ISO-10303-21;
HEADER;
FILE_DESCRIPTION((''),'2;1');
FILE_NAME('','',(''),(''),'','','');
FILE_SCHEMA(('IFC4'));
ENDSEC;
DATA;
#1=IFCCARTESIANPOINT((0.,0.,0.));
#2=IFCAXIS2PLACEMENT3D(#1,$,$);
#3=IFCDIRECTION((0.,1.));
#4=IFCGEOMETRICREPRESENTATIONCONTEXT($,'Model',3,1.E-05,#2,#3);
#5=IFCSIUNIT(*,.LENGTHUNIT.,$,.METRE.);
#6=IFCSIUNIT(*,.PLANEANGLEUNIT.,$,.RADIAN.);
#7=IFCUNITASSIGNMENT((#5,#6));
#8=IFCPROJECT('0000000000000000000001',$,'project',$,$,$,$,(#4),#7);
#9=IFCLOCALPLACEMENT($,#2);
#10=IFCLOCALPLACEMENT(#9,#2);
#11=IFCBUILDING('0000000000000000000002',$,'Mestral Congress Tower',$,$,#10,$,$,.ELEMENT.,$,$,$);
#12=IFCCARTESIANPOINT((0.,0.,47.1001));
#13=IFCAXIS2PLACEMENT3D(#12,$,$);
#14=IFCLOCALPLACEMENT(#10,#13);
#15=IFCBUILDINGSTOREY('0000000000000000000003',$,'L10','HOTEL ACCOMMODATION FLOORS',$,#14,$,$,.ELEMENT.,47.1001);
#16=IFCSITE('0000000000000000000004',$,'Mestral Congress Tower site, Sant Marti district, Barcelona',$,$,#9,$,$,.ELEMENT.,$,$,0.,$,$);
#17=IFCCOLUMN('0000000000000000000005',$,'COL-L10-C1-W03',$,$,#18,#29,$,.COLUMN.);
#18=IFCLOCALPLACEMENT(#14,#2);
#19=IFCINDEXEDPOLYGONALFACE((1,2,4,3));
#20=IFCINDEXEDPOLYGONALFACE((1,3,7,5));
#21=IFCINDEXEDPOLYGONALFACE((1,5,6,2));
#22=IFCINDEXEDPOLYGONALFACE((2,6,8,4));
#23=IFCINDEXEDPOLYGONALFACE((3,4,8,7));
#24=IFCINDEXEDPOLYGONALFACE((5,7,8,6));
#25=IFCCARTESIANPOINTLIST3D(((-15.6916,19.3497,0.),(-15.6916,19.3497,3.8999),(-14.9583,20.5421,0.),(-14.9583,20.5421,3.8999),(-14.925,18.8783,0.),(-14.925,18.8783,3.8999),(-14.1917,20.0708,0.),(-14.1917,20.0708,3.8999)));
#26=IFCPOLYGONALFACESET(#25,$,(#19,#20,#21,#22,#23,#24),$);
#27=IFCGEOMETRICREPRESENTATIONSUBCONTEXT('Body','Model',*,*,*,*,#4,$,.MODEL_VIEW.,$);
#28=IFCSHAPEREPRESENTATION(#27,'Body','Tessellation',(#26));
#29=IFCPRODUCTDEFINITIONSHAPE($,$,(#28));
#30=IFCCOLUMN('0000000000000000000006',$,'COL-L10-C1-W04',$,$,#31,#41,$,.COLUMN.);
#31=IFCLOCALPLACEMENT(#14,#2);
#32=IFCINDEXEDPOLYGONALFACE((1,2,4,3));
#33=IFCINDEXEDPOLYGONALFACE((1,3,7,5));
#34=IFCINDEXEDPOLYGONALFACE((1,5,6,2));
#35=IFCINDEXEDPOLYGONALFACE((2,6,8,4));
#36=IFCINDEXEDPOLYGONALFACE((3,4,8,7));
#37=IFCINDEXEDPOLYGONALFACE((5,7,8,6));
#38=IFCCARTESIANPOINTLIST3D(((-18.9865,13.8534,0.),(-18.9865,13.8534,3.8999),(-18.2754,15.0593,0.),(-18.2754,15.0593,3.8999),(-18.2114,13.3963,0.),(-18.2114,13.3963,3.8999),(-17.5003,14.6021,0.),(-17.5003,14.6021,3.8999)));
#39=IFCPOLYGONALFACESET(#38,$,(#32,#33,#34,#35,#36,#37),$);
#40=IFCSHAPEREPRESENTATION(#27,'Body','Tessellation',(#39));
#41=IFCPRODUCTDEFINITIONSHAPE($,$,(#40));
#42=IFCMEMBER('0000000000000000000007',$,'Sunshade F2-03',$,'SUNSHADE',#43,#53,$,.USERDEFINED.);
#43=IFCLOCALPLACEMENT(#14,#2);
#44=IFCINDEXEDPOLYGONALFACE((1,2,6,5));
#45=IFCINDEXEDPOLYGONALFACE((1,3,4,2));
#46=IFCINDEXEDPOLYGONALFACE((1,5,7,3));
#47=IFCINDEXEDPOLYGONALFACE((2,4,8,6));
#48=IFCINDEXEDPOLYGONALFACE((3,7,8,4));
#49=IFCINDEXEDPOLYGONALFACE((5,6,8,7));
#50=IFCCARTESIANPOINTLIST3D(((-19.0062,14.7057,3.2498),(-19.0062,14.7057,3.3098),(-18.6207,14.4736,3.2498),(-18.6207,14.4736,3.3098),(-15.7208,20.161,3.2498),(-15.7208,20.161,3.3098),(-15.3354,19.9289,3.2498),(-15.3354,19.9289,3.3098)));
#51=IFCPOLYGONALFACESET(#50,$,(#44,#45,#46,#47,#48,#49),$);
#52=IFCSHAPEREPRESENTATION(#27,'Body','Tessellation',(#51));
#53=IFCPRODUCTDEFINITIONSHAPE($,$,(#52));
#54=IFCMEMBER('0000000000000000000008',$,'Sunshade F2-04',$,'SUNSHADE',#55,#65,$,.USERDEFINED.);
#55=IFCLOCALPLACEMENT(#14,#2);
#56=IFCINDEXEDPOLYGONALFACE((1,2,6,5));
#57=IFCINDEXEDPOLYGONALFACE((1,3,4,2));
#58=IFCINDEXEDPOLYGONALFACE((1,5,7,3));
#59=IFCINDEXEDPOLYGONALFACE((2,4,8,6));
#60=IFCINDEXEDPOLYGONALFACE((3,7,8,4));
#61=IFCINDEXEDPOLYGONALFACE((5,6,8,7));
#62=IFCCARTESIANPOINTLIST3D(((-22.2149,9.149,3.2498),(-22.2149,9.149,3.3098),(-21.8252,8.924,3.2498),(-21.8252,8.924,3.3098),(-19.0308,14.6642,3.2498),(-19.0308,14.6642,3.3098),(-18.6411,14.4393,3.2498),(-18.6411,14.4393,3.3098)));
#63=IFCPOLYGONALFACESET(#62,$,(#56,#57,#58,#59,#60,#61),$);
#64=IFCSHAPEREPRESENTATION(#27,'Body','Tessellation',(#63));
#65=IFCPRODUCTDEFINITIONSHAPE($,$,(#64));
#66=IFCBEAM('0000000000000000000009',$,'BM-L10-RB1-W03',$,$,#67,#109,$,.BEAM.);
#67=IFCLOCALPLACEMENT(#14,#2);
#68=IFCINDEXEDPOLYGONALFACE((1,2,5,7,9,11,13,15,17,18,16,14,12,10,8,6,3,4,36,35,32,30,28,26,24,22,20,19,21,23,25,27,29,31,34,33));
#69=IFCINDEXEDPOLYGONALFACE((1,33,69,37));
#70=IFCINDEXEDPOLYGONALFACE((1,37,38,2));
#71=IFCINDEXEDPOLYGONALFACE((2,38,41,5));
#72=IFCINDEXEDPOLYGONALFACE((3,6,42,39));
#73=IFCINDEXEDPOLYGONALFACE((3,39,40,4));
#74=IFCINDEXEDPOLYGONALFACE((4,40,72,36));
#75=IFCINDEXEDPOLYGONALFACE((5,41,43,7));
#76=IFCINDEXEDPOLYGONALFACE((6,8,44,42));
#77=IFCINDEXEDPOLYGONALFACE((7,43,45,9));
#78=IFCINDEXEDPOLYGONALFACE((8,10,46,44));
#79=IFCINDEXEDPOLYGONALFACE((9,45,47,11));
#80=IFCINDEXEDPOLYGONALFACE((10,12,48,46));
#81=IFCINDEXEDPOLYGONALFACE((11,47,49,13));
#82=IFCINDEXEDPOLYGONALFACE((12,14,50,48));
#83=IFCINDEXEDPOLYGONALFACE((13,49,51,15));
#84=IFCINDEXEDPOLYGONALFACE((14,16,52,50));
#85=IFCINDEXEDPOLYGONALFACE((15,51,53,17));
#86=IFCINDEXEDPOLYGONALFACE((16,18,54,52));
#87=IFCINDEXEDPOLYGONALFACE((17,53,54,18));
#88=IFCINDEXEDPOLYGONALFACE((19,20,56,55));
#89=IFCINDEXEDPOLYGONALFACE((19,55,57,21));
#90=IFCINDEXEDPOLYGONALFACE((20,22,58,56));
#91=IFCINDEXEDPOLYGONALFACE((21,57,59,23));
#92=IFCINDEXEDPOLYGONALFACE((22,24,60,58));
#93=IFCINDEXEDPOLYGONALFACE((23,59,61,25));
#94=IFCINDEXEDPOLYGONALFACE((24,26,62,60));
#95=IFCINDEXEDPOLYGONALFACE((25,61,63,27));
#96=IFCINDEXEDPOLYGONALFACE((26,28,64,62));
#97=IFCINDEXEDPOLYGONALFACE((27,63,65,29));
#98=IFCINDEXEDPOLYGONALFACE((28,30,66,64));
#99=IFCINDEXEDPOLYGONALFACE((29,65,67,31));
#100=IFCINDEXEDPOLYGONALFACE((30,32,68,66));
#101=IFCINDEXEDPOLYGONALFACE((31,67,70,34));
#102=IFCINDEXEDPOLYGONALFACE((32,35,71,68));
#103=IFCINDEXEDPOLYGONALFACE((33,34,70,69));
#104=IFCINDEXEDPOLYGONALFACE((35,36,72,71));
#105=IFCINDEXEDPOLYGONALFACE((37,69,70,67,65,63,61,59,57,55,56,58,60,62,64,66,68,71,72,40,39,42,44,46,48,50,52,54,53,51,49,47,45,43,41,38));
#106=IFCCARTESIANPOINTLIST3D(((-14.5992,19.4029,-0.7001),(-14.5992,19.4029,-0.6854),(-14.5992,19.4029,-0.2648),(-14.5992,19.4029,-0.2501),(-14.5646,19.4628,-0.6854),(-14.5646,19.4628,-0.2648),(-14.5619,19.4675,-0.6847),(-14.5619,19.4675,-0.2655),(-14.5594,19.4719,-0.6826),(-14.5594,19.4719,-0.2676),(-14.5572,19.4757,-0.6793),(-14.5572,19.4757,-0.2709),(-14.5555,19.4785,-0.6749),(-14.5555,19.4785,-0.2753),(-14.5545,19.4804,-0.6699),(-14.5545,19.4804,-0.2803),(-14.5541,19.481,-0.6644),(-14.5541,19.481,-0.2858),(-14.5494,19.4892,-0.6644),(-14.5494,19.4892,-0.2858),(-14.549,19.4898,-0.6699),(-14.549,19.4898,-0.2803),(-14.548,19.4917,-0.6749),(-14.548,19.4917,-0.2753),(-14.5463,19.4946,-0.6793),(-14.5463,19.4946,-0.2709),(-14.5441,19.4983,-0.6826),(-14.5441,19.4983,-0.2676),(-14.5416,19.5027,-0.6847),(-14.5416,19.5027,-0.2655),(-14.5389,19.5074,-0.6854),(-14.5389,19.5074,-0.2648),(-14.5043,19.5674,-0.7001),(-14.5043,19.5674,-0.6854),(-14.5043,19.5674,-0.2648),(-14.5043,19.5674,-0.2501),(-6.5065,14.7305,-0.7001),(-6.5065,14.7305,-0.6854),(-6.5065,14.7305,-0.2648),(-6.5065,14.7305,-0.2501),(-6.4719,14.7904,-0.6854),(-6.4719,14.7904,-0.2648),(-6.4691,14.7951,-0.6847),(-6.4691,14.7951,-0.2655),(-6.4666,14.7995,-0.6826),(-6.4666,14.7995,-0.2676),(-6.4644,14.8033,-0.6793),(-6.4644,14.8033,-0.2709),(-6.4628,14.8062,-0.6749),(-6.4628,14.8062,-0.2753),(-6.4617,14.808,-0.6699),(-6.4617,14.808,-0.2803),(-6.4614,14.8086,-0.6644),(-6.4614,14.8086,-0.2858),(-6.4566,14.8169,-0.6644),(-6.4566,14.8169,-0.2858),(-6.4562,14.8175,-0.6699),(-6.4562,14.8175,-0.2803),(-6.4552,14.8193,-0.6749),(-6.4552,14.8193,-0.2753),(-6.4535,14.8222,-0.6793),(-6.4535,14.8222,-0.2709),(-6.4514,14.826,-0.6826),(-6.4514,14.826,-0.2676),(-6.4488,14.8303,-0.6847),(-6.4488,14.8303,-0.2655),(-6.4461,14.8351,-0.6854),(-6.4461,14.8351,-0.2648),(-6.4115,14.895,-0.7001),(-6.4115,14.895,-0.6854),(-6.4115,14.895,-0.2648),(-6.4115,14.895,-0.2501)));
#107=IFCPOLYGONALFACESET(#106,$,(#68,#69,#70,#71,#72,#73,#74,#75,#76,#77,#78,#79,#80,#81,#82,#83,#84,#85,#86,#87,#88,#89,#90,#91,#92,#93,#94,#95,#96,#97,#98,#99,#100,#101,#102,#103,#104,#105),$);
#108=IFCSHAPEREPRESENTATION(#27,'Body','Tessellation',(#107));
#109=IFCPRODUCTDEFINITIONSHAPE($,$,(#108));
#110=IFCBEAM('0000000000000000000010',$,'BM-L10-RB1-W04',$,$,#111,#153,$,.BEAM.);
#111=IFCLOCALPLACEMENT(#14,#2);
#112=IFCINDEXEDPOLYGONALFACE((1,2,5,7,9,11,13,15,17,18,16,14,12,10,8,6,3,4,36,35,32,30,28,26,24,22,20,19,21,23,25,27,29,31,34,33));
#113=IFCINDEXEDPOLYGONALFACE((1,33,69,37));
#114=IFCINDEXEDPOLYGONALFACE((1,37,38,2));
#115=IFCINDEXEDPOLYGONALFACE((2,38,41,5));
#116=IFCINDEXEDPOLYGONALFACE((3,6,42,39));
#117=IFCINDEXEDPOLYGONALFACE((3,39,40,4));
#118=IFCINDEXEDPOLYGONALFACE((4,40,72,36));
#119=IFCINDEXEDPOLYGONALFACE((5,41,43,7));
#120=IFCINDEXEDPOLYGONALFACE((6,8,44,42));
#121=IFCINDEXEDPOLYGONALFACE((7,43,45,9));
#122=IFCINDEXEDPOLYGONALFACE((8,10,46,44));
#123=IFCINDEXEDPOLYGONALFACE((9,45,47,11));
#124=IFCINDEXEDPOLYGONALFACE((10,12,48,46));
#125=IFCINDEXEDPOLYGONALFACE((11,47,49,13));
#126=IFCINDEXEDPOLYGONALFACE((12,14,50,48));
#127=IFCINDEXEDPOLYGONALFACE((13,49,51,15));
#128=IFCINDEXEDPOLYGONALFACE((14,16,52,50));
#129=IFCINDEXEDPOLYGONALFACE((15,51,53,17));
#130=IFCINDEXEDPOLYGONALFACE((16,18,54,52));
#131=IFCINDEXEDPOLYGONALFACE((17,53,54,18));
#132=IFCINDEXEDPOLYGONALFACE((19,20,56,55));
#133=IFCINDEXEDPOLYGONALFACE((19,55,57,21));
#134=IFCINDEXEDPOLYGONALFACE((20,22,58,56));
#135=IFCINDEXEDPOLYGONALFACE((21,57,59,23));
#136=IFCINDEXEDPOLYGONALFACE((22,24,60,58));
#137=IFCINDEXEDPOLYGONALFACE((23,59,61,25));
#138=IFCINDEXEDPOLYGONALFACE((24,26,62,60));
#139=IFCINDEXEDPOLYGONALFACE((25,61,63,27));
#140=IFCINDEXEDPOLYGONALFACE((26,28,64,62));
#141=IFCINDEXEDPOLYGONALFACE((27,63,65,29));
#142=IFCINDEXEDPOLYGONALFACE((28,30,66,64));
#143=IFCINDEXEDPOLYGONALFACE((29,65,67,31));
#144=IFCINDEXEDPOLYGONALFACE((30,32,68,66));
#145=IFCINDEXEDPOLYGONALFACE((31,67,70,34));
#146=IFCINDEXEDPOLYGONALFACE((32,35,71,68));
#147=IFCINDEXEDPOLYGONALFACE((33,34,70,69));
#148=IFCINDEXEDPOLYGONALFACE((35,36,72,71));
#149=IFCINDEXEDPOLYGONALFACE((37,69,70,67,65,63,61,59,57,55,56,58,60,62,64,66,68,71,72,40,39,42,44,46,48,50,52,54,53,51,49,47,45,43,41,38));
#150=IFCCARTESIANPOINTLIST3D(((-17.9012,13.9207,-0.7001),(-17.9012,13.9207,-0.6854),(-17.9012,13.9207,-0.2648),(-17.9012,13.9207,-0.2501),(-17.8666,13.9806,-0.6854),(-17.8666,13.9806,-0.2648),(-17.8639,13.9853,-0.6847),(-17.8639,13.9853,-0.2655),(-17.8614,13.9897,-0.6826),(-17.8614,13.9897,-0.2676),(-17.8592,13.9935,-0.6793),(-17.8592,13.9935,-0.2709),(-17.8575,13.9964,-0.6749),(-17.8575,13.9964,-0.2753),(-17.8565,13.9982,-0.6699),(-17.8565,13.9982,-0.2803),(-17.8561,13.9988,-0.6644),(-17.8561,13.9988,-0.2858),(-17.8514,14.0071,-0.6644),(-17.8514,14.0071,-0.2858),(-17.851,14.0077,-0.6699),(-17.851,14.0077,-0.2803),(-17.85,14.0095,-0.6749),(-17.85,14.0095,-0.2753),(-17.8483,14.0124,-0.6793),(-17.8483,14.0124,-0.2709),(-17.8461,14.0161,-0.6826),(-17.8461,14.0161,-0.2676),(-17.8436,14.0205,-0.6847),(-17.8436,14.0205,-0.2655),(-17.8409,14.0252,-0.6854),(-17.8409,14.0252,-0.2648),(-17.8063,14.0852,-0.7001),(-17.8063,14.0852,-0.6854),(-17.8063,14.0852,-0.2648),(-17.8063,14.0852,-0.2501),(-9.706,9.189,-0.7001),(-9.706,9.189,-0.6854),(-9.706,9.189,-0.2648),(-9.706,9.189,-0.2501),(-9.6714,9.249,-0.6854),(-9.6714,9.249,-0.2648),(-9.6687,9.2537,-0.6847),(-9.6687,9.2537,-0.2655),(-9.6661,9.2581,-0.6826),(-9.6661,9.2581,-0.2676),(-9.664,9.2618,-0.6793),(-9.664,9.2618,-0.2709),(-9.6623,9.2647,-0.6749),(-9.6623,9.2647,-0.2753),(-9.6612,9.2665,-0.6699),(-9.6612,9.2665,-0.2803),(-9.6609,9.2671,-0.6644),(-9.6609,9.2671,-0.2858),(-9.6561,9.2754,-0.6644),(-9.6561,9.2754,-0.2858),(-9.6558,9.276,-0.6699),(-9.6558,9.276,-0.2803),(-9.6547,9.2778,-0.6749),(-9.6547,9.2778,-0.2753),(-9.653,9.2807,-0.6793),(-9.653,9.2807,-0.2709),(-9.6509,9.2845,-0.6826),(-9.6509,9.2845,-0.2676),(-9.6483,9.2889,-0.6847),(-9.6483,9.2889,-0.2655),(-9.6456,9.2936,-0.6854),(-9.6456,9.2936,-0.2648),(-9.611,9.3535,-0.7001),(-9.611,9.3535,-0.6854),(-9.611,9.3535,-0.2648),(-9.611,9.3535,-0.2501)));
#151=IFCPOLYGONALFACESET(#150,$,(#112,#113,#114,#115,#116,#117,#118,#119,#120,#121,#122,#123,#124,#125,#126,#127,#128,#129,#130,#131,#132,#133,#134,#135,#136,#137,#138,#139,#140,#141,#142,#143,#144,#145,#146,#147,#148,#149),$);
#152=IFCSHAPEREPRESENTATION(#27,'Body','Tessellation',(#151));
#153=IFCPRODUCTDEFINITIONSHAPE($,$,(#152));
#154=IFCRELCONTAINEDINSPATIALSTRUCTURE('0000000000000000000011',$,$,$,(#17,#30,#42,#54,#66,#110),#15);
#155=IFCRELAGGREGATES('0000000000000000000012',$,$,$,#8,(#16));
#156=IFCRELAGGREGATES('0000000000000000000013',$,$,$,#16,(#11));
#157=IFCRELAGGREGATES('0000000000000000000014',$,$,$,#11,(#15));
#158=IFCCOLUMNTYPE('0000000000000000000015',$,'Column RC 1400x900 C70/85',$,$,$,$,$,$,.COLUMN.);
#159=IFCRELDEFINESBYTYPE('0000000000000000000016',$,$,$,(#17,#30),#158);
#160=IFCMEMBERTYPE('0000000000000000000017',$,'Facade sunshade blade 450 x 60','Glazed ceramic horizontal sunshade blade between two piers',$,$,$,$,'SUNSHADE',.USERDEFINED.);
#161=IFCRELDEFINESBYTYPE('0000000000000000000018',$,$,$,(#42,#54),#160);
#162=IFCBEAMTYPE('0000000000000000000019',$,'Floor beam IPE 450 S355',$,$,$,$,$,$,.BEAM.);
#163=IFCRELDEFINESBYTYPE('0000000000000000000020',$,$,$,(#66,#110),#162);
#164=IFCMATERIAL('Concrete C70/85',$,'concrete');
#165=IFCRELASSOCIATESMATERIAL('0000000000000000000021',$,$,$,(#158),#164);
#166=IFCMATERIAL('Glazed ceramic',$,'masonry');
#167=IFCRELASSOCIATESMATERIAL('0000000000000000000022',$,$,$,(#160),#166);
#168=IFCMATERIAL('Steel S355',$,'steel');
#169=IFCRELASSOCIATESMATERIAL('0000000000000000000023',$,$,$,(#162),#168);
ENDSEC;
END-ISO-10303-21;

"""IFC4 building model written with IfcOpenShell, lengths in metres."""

from ifc_helpers import new_model, si_unit, direction, frame, origin, origin_2d, place, context, subcontext, project, spatial, rectangle, i_section, extrude, material, material_profile, profile_set, type_object, element, save


model = new_model("IFC4")

# Units and contexts
model_context = context("Model", 3, precision=1e-05, world=origin(), true_north=direction((0.0, 1.0)))
body_context = subcontext(model_context, "Body", "Model", "MODEL_VIEW")
ifc_project = project(units=[si_unit("LENGTHUNIT", "METRE"), si_unit("PLANEANGLEUNIT", "RADIAN")], contexts=[model_context])

# Site, building, storey
site_placement = place(None, origin())
site = spatial("IfcSite", under=ifc_project, at=site_placement, Name="Mestral Congress Tower site, Sant Marti district, Barcelona", CompositionType="ELEMENT", RefElevation=0.0)
building_placement = place(site_placement, origin())
building = spatial("IfcBuilding", under=site, at=building_placement, Name="Mestral Congress Tower", CompositionType="ELEMENT")
storey_placement = place(building_placement, frame((0.0, 0.0, 47.1001)))
storey = spatial("IfcBuildingStorey", under=building, at=storey_placement, Name="L10", Description="HOTEL ACCOMMODATION FLOORS", CompositionType="ELEMENT", Elevation=47.1001)

# Columns
ifc_material_1 = material(Name="Concrete C70/85", Category="concrete")
ifc_material_profile_1 = material_profile(ifc_material_1, rectangle(XDim=1.3999, YDim=0.8999, at=origin_2d()), Name="RC 1400x900")
ifc_profile_set_1 = profile_set([ifc_material_profile_1], Name="Concrete C70/85")
column_type = type_object("IfcColumnType", Name="Column RC 1400x900 C70/85", PredefinedType="COLUMN", material=ifc_profile_set_1)
for number, where, z_axis, x_axis, name in (
    (1, (-14.9417, 19.7102, 0.0), (0.0, 0.0, 1.0), (-0.523819, -0.851829, 0.0), "COL-L10-C1-W03"),
    (2, (-18.2434, 14.2278, 0.0), (0.0, 0.0, 1.0), (-0.507983, -0.861367, 0.0), "COL-L10-C1-W04"),
):
    element("IfcColumn", number, at=place(storey_placement, frame(where, z_axis=z_axis, x_axis=x_axis)), inside=storey, type_object=column_type, Name=name, PredefinedType="COLUMN", context=body_context, shape_type="SweptSolid", body=[
        extrude(rectangle(XDim=1.3999, YDim=0.8999, at=origin_2d()), origin(), (0.0, 0.0, 1.0), 3.8999),
    ])

# Members
ifc_material_2 = material(Name="Glazed ceramic", Category="masonry")
ifc_material_profile_2 = material_profile(ifc_material_2, rectangle(XDim=0.45, YDim=0.0601, at=origin_2d()), Name="Ceramic blade 450 x 60")
ifc_profile_set_2 = profile_set([ifc_material_profile_2], Name="Glazed ceramic")
member_type = type_object("IfcMemberType", Name="Facade sunshade blade 450 x 60", Description="Glazed ceramic horizontal sunshade blade between two piers", ElementType="SUNSHADE", PredefinedType="USERDEFINED", material=ifc_profile_set_2)
member_1_placement = place(storey_placement, frame((-15.5281, 20.0449, 3.2798), z_axis=(-0.515905, -0.856646, 0.0), x_axis=(0.856646, -0.515905, 0.0)))
element("IfcMember", 3, at=member_1_placement, inside=storey, type_object=member_type, Name="Sunshade F2-03", ObjectType="SUNSHADE", PredefinedType="USERDEFINED", context=body_context, shape_type="SweptSolid", body=[
    extrude(rectangle(XDim=0.45, YDim=0.0601, at=origin_2d()), origin(), (0.0, 0.0, 1.0), 6.3682),
])
member_2_placement = place(storey_placement, frame((-18.8359, 14.5518, 3.2798), z_axis=(-0.49999, -0.866031, 0.0), x_axis=(0.866031, -0.49999, 0.0)))
element("IfcMember", 4, at=member_2_placement, inside=storey, type_object=member_type, Name="Sunshade F2-04", ObjectType="SUNSHADE", PredefinedType="USERDEFINED", context=body_context, shape_type="SweptSolid", body=[
    extrude(rectangle(XDim=0.45, YDim=0.0601, at=origin_2d()), origin(), (0.0, 0.0, 1.0), 6.3684),
])

# Beams
ifc_material_3 = material(Name="Steel S355", Category="steel")
ifc_material_profile_3 = material_profile(ifc_material_3, i_section(OverallWidth=0.1899, OverallDepth=0.45, WebThickness=0.0095, FlangeThickness=0.0146, FilletRadius=0.021, at=origin_2d()), Name="IPE 450")
ifc_profile_set_3 = profile_set([ifc_material_profile_3], Name="Steel S355")
beam_type_1 = type_object("IfcBeamType", Name="Floor beam IPE 450 S355", PredefinedType="BEAM", material=ifc_profile_set_3)
beam_1_placement = place(storey_placement, frame((-14.5518, 19.4851, -0.4751), z_axis=(0.866025, -0.5, 0.0), x_axis=(0.5, 0.866025, 0.0)))
element("IfcBeam", 5, at=beam_1_placement, inside=storey, type_object=beam_type_1, Name="BM-L10-RB1-W03", PredefinedType="BEAM", context=body_context, shape_type="SweptSolid", body=[
    extrude(i_section(OverallWidth=0.1899, OverallDepth=0.45, WebThickness=0.0095, FlangeThickness=0.0146, FilletRadius=0.021, at=origin_2d()), origin(), (0.0, 0.0, 1.0), 9.3447),
])
beam_2_placement = place(storey_placement, frame((-17.8538, 14.0029, -0.4751), z_axis=(0.86602, -0.50001, 0.0), x_axis=(0.50001, 0.86602, 0.0)))
element("IfcBeam", 6, at=beam_2_placement, inside=storey, type_object=beam_type_1, Name="BM-L10-RB1-W04", PredefinedType="BEAM", context=body_context, shape_type="SweptSolid", body=[
    extrude(i_section(OverallWidth=0.1899, OverallDepth=0.45, WebThickness=0.0095, FlangeThickness=0.0146, FilletRadius=0.021, at=origin_2d()), origin(), (0.0, 0.0, 1.0), 9.4631),
])

save(model, "model.ifc")
